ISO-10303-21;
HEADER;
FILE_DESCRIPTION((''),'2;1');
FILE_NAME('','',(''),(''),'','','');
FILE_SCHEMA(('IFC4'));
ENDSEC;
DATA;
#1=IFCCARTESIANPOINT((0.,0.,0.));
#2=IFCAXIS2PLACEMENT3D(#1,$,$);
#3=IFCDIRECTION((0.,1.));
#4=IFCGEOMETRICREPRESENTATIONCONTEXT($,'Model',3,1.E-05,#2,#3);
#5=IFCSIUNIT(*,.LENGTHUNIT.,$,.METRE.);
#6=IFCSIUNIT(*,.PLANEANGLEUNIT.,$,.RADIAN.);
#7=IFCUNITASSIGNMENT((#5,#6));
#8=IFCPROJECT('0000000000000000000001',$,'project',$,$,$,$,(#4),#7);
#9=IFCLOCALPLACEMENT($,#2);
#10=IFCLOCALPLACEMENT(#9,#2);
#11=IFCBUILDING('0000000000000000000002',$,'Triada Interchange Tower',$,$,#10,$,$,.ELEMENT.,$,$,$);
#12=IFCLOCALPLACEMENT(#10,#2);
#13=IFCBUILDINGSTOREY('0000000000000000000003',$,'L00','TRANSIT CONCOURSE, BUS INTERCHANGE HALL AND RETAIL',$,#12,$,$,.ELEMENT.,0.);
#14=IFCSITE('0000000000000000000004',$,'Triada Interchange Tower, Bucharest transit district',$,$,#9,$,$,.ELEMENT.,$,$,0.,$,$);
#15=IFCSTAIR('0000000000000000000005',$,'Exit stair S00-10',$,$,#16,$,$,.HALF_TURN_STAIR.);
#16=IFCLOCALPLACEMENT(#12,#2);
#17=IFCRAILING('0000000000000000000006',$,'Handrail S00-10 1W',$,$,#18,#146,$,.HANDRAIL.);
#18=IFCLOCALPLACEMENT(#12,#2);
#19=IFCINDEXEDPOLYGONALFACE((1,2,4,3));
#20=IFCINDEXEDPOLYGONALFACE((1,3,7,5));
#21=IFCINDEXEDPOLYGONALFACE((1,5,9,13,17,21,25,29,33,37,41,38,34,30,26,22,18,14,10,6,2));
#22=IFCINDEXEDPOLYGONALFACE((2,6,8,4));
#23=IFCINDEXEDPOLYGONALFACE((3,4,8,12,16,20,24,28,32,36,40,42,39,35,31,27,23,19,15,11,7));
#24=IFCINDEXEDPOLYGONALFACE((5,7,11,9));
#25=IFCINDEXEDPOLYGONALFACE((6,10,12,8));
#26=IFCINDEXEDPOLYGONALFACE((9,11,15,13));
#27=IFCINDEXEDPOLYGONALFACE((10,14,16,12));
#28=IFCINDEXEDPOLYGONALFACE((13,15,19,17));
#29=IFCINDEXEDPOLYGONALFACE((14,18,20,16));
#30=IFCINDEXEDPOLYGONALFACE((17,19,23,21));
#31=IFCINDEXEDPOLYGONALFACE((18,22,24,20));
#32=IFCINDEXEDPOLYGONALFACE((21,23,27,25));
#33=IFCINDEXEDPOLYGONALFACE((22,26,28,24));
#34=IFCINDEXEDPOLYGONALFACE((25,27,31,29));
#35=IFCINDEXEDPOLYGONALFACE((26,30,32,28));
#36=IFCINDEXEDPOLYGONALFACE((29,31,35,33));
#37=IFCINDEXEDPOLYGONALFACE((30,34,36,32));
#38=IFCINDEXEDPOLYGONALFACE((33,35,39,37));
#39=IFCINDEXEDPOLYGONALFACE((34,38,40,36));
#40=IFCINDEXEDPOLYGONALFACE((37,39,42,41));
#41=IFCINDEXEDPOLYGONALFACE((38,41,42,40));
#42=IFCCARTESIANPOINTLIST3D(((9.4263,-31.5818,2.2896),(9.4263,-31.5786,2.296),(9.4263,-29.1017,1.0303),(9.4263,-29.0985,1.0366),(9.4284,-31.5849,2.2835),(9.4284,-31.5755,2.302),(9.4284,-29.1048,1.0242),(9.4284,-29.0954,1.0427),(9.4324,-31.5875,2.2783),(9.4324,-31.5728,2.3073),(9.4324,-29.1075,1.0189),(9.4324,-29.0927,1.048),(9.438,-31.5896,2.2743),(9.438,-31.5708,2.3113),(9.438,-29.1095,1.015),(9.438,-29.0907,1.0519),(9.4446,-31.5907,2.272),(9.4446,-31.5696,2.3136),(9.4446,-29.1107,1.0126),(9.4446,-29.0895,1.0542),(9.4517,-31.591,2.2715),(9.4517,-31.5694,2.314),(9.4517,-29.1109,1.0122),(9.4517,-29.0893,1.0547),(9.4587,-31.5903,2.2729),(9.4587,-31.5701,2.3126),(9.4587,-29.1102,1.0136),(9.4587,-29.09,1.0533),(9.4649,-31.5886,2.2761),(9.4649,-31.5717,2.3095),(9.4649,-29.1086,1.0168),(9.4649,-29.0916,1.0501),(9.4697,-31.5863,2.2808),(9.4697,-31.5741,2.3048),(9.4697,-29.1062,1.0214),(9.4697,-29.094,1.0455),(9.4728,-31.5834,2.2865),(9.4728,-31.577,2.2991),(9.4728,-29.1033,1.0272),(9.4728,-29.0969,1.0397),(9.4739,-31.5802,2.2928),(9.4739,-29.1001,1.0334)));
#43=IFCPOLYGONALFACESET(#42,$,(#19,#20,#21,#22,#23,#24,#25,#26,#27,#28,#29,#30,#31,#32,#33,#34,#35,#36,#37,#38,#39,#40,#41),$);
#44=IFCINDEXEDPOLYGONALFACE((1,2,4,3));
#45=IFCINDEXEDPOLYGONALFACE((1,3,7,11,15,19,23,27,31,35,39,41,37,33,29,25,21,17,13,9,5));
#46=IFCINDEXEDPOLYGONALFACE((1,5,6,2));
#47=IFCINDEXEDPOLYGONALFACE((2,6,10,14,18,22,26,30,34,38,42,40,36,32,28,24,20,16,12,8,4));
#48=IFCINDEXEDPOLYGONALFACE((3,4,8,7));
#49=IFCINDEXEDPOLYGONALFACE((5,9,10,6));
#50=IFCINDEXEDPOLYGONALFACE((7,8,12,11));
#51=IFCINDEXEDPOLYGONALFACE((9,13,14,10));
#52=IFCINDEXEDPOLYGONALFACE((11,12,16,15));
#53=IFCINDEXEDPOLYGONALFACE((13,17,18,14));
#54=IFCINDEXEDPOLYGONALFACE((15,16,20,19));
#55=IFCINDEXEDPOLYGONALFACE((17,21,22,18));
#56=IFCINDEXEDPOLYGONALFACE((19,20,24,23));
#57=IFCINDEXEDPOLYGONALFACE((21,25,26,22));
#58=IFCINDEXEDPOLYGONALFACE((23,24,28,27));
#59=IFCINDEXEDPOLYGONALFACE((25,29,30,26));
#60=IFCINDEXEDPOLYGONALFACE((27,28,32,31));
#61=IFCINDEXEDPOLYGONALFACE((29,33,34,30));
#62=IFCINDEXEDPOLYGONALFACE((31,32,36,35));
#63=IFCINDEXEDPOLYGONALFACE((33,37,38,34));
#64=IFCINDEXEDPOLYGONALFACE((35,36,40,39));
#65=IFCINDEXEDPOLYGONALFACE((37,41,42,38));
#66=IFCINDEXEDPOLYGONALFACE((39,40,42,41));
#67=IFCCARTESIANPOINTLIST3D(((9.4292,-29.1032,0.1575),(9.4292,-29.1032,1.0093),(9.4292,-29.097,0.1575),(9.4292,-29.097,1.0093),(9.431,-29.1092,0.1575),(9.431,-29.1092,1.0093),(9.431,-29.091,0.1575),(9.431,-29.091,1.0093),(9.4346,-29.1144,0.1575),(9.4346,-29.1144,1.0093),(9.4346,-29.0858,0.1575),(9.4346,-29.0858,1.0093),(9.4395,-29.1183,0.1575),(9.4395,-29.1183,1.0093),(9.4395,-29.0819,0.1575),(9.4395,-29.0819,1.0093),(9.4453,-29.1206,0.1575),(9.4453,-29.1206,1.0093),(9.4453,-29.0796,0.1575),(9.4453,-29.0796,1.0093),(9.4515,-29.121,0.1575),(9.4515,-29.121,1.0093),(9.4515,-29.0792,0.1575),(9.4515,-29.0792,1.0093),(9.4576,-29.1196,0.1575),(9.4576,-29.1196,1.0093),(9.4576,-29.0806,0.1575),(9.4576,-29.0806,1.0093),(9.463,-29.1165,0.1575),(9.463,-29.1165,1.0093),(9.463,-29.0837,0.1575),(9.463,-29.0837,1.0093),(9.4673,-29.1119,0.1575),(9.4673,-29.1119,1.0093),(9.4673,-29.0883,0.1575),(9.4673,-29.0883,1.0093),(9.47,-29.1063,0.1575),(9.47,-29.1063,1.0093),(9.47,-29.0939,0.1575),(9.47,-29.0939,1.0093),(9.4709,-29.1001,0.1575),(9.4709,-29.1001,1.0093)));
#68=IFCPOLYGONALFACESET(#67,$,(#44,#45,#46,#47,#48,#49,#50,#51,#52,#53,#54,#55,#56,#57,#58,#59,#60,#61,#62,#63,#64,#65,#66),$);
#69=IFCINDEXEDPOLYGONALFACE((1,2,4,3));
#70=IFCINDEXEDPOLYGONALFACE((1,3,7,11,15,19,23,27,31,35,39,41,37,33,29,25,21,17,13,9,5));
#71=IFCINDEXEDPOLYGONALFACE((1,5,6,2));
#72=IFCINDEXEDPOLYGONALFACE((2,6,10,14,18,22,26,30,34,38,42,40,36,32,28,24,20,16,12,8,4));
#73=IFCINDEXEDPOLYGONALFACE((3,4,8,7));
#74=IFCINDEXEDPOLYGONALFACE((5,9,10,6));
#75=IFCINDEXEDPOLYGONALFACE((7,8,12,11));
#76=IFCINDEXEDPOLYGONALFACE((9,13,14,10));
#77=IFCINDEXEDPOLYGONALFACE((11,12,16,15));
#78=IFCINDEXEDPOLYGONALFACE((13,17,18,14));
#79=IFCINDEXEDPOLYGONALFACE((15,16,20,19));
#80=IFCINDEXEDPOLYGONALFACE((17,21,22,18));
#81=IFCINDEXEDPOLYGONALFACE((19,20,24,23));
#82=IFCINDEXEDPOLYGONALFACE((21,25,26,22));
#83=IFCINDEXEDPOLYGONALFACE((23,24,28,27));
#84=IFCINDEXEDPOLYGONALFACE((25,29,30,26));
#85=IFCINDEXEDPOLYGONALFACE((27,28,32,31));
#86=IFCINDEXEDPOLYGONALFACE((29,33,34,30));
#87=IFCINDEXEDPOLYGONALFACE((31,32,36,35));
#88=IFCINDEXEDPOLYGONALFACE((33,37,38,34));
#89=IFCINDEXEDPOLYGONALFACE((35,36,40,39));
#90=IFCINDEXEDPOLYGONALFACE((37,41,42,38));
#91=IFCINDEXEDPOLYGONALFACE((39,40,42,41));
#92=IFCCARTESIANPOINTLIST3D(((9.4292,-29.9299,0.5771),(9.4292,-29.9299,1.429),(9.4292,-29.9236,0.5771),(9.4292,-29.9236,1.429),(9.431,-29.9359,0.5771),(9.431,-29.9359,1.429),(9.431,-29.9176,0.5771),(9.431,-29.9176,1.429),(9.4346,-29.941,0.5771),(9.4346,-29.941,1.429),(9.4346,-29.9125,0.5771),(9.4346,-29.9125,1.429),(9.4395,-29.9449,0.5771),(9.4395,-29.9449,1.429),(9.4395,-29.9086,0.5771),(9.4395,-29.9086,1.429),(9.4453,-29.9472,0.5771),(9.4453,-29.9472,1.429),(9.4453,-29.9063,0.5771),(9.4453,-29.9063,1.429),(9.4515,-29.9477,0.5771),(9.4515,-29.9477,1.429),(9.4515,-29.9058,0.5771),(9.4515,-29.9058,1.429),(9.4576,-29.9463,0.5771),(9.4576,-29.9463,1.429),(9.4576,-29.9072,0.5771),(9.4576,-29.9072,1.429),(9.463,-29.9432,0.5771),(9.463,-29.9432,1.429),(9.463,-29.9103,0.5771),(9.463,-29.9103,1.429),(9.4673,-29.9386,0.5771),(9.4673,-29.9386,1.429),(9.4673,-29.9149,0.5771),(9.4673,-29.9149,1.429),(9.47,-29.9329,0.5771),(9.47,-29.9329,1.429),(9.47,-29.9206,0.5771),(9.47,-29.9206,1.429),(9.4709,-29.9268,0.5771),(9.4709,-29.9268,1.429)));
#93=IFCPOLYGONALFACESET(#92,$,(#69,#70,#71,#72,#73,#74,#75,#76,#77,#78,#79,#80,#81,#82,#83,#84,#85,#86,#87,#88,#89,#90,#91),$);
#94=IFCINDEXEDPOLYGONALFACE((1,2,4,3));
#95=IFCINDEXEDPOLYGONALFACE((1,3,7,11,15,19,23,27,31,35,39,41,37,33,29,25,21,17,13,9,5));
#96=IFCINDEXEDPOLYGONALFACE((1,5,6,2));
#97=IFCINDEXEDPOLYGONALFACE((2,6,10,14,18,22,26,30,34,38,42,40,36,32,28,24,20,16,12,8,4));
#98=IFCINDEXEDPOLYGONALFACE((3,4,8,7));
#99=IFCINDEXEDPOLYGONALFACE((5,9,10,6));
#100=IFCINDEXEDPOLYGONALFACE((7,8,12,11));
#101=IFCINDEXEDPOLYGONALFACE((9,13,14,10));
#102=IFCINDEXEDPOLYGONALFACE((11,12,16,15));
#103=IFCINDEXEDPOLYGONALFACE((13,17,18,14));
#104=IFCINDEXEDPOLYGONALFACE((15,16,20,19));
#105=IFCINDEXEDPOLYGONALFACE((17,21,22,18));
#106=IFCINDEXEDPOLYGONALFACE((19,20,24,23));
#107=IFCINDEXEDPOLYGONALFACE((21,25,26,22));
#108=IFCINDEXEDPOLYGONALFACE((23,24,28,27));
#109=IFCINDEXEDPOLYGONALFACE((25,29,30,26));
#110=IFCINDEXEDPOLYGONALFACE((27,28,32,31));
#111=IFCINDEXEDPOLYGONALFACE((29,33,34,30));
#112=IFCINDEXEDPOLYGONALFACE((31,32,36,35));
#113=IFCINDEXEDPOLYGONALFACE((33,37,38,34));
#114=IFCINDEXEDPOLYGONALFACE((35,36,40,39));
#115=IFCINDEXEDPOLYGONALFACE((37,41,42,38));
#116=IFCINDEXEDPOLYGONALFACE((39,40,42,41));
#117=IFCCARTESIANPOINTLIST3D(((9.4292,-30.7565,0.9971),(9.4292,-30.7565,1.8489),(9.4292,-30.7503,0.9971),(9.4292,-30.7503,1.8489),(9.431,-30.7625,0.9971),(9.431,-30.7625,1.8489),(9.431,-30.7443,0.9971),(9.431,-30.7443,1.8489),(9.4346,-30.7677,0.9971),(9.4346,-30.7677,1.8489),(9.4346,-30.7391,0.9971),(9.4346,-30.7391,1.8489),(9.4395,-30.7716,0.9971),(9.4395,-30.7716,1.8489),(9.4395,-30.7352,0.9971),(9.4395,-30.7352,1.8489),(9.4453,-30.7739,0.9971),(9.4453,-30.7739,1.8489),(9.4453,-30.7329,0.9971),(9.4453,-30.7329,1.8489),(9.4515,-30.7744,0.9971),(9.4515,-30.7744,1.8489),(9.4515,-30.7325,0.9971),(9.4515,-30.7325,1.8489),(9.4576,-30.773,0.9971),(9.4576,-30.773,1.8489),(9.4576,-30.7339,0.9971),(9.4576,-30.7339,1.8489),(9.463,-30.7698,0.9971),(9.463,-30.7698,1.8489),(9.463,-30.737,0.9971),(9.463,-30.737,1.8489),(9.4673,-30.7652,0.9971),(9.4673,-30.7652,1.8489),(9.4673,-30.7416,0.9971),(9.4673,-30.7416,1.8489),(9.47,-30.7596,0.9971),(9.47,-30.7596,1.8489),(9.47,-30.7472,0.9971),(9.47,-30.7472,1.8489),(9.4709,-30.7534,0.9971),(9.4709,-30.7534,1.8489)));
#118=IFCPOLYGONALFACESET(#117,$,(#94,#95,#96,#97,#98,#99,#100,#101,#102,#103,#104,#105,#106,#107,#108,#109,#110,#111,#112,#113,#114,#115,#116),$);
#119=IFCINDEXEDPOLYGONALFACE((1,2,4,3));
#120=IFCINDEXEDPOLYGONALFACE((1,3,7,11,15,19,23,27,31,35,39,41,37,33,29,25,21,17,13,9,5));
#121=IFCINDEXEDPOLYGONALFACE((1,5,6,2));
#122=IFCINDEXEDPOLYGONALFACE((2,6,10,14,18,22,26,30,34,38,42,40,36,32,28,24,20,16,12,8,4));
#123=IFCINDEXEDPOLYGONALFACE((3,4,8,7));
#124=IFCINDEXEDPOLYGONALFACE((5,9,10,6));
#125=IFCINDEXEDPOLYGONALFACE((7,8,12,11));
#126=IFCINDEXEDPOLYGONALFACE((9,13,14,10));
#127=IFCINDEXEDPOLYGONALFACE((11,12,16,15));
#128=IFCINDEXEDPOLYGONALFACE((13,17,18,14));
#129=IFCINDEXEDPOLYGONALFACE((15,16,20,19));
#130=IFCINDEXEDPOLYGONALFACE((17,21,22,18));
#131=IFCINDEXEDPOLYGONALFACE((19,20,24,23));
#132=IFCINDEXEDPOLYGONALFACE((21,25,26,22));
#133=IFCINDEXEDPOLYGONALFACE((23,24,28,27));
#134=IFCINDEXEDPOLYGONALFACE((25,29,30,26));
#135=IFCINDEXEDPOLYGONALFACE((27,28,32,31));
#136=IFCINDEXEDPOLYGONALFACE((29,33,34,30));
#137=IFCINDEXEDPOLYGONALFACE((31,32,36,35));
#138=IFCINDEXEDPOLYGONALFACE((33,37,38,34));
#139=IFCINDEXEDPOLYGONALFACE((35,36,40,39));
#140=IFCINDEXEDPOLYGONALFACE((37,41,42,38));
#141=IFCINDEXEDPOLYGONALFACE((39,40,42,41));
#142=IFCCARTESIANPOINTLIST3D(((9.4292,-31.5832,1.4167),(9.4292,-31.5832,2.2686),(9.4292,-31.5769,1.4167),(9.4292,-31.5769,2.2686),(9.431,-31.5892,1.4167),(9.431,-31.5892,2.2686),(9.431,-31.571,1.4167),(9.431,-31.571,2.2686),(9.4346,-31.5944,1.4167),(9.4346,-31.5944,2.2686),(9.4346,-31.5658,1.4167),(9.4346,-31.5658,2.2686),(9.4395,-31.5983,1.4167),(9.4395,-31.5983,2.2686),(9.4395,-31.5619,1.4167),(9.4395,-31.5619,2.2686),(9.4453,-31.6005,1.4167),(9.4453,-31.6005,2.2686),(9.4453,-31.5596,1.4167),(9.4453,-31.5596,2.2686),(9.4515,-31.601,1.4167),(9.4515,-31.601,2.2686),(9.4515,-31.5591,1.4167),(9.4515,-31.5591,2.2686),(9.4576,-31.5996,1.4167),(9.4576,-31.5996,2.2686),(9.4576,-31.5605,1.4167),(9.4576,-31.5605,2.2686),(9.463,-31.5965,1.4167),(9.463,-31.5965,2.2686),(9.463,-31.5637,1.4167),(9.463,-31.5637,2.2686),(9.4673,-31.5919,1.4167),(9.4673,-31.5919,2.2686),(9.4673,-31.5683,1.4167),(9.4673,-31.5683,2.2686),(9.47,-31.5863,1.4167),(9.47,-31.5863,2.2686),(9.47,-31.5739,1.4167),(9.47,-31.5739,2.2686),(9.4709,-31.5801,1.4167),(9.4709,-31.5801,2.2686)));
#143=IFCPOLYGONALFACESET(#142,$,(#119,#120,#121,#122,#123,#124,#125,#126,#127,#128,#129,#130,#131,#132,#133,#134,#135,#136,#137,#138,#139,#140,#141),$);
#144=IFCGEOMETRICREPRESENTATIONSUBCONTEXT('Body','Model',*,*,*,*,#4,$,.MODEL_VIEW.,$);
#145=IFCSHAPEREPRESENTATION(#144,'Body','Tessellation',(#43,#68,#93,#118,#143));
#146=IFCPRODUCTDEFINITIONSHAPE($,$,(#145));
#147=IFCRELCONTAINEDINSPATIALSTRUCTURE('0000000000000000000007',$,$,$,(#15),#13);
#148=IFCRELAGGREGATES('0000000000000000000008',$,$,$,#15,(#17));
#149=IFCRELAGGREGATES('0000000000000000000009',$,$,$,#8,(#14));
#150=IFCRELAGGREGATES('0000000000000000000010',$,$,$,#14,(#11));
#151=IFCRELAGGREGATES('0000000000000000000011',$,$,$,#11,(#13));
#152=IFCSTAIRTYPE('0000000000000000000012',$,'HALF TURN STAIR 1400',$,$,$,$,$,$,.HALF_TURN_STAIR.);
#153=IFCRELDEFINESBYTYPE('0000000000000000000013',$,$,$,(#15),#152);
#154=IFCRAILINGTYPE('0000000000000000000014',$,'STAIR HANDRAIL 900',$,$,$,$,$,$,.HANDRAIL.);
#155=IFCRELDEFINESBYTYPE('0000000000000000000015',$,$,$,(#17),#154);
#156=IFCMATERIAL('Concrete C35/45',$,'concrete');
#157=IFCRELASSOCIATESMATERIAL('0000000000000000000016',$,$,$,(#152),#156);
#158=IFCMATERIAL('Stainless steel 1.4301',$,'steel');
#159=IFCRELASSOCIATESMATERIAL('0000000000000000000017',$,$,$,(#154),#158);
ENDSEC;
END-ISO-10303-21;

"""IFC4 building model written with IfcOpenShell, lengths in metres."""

from ifc_helpers import new_model, si_unit, direction, frame, origin, origin_2d, place, context, subcontext, project, spatial, circle, extrude, material, type_object, element, aggregate, save


model = new_model("IFC4")

# Units and contexts
model_context = context("Model", 3, precision=1e-05, world=origin(), true_north=direction((0.0, 1.0)))
body_context = subcontext(model_context, "Body", "Model", "MODEL_VIEW")
ifc_project = project(units=[si_unit("LENGTHUNIT", "METRE"), si_unit("PLANEANGLEUNIT", "RADIAN")], contexts=[model_context])

# Site, building, storey
site_placement = place(None, origin())
site = spatial("IfcSite", under=ifc_project, at=site_placement, Name="Triada Interchange Tower, Bucharest transit district", CompositionType="ELEMENT", RefElevation=0.0)
building_placement = place(site_placement, origin())
building = spatial("IfcBuilding", under=site, at=building_placement, Name="Triada Interchange Tower", CompositionType="ELEMENT")
storey_placement = place(building_placement, origin())
storey = spatial("IfcBuildingStorey", under=building, at=storey_placement, Name="L00", Description="TRANSIT CONCOURSE, BUS INTERCHANGE HALL AND RETAIL", CompositionType="ELEMENT", Elevation=0.0)

# Stair, railing
ifc_material_1 = material(Name="Concrete C35/45", Category="concrete")
stair_type = type_object("IfcStairType", Name="HALF TURN STAIR 1400", PredefinedType="HALF_TURN_STAIR", material=ifc_material_1)
stair_placement = place(storey_placement, origin())
stair = element("IfcStair", 1, at=stair_placement, inside=storey, type_object=stair_type, Name="Exit stair S00-10", PredefinedType="HALF_TURN_STAIR")
ifc_material_2 = material(Name="Stainless steel 1.4301", Category="steel")
railing_type = type_object("IfcRailingType", Name="STAIR HANDRAIL 900", PredefinedType="HANDRAIL", material=ifc_material_2)
railing_1_placement = place(storey_placement, frame((9.45, -29.1001, 0.1575)))
railing_1 = element("IfcRailing", 2, at=railing_1_placement, type_object=railing_type, Name="Handrail S00-10 1W", PredefinedType="HANDRAIL", context=body_context, shape_type="SweptSolid", body=[
    extrude(circle(Radius=0.0239, at=origin_2d()), frame((0.0, 0.0, 0.876), z_axis=(0.0, -0.891636, 0.452752), x_axis=(1.0, 0.0, 0.0)), (0.0, 0.0, 1.0), 2.7815),
    extrude(circle(Radius=0.021, at=origin_2d()), origin(), (0.0, 0.0, 1.0), 0.8518),
    extrude(circle(Radius=0.021, at=origin_2d()), frame((0.0, -0.8267, 0.4197)), (0.0, 0.0, 1.0), 0.8518),
    extrude(circle(Radius=0.021, at=origin_2d()), frame((0.0, -1.6533, 0.8396)), (0.0, 0.0, 1.0), 0.8518),
    extrude(circle(Radius=0.021, at=origin_2d()), frame((0.0, -2.48, 1.2593)), (0.0, 0.0, 1.0), 0.8518),
])
aggregate(stair, [railing_1])

save(model, "model.ifc")
